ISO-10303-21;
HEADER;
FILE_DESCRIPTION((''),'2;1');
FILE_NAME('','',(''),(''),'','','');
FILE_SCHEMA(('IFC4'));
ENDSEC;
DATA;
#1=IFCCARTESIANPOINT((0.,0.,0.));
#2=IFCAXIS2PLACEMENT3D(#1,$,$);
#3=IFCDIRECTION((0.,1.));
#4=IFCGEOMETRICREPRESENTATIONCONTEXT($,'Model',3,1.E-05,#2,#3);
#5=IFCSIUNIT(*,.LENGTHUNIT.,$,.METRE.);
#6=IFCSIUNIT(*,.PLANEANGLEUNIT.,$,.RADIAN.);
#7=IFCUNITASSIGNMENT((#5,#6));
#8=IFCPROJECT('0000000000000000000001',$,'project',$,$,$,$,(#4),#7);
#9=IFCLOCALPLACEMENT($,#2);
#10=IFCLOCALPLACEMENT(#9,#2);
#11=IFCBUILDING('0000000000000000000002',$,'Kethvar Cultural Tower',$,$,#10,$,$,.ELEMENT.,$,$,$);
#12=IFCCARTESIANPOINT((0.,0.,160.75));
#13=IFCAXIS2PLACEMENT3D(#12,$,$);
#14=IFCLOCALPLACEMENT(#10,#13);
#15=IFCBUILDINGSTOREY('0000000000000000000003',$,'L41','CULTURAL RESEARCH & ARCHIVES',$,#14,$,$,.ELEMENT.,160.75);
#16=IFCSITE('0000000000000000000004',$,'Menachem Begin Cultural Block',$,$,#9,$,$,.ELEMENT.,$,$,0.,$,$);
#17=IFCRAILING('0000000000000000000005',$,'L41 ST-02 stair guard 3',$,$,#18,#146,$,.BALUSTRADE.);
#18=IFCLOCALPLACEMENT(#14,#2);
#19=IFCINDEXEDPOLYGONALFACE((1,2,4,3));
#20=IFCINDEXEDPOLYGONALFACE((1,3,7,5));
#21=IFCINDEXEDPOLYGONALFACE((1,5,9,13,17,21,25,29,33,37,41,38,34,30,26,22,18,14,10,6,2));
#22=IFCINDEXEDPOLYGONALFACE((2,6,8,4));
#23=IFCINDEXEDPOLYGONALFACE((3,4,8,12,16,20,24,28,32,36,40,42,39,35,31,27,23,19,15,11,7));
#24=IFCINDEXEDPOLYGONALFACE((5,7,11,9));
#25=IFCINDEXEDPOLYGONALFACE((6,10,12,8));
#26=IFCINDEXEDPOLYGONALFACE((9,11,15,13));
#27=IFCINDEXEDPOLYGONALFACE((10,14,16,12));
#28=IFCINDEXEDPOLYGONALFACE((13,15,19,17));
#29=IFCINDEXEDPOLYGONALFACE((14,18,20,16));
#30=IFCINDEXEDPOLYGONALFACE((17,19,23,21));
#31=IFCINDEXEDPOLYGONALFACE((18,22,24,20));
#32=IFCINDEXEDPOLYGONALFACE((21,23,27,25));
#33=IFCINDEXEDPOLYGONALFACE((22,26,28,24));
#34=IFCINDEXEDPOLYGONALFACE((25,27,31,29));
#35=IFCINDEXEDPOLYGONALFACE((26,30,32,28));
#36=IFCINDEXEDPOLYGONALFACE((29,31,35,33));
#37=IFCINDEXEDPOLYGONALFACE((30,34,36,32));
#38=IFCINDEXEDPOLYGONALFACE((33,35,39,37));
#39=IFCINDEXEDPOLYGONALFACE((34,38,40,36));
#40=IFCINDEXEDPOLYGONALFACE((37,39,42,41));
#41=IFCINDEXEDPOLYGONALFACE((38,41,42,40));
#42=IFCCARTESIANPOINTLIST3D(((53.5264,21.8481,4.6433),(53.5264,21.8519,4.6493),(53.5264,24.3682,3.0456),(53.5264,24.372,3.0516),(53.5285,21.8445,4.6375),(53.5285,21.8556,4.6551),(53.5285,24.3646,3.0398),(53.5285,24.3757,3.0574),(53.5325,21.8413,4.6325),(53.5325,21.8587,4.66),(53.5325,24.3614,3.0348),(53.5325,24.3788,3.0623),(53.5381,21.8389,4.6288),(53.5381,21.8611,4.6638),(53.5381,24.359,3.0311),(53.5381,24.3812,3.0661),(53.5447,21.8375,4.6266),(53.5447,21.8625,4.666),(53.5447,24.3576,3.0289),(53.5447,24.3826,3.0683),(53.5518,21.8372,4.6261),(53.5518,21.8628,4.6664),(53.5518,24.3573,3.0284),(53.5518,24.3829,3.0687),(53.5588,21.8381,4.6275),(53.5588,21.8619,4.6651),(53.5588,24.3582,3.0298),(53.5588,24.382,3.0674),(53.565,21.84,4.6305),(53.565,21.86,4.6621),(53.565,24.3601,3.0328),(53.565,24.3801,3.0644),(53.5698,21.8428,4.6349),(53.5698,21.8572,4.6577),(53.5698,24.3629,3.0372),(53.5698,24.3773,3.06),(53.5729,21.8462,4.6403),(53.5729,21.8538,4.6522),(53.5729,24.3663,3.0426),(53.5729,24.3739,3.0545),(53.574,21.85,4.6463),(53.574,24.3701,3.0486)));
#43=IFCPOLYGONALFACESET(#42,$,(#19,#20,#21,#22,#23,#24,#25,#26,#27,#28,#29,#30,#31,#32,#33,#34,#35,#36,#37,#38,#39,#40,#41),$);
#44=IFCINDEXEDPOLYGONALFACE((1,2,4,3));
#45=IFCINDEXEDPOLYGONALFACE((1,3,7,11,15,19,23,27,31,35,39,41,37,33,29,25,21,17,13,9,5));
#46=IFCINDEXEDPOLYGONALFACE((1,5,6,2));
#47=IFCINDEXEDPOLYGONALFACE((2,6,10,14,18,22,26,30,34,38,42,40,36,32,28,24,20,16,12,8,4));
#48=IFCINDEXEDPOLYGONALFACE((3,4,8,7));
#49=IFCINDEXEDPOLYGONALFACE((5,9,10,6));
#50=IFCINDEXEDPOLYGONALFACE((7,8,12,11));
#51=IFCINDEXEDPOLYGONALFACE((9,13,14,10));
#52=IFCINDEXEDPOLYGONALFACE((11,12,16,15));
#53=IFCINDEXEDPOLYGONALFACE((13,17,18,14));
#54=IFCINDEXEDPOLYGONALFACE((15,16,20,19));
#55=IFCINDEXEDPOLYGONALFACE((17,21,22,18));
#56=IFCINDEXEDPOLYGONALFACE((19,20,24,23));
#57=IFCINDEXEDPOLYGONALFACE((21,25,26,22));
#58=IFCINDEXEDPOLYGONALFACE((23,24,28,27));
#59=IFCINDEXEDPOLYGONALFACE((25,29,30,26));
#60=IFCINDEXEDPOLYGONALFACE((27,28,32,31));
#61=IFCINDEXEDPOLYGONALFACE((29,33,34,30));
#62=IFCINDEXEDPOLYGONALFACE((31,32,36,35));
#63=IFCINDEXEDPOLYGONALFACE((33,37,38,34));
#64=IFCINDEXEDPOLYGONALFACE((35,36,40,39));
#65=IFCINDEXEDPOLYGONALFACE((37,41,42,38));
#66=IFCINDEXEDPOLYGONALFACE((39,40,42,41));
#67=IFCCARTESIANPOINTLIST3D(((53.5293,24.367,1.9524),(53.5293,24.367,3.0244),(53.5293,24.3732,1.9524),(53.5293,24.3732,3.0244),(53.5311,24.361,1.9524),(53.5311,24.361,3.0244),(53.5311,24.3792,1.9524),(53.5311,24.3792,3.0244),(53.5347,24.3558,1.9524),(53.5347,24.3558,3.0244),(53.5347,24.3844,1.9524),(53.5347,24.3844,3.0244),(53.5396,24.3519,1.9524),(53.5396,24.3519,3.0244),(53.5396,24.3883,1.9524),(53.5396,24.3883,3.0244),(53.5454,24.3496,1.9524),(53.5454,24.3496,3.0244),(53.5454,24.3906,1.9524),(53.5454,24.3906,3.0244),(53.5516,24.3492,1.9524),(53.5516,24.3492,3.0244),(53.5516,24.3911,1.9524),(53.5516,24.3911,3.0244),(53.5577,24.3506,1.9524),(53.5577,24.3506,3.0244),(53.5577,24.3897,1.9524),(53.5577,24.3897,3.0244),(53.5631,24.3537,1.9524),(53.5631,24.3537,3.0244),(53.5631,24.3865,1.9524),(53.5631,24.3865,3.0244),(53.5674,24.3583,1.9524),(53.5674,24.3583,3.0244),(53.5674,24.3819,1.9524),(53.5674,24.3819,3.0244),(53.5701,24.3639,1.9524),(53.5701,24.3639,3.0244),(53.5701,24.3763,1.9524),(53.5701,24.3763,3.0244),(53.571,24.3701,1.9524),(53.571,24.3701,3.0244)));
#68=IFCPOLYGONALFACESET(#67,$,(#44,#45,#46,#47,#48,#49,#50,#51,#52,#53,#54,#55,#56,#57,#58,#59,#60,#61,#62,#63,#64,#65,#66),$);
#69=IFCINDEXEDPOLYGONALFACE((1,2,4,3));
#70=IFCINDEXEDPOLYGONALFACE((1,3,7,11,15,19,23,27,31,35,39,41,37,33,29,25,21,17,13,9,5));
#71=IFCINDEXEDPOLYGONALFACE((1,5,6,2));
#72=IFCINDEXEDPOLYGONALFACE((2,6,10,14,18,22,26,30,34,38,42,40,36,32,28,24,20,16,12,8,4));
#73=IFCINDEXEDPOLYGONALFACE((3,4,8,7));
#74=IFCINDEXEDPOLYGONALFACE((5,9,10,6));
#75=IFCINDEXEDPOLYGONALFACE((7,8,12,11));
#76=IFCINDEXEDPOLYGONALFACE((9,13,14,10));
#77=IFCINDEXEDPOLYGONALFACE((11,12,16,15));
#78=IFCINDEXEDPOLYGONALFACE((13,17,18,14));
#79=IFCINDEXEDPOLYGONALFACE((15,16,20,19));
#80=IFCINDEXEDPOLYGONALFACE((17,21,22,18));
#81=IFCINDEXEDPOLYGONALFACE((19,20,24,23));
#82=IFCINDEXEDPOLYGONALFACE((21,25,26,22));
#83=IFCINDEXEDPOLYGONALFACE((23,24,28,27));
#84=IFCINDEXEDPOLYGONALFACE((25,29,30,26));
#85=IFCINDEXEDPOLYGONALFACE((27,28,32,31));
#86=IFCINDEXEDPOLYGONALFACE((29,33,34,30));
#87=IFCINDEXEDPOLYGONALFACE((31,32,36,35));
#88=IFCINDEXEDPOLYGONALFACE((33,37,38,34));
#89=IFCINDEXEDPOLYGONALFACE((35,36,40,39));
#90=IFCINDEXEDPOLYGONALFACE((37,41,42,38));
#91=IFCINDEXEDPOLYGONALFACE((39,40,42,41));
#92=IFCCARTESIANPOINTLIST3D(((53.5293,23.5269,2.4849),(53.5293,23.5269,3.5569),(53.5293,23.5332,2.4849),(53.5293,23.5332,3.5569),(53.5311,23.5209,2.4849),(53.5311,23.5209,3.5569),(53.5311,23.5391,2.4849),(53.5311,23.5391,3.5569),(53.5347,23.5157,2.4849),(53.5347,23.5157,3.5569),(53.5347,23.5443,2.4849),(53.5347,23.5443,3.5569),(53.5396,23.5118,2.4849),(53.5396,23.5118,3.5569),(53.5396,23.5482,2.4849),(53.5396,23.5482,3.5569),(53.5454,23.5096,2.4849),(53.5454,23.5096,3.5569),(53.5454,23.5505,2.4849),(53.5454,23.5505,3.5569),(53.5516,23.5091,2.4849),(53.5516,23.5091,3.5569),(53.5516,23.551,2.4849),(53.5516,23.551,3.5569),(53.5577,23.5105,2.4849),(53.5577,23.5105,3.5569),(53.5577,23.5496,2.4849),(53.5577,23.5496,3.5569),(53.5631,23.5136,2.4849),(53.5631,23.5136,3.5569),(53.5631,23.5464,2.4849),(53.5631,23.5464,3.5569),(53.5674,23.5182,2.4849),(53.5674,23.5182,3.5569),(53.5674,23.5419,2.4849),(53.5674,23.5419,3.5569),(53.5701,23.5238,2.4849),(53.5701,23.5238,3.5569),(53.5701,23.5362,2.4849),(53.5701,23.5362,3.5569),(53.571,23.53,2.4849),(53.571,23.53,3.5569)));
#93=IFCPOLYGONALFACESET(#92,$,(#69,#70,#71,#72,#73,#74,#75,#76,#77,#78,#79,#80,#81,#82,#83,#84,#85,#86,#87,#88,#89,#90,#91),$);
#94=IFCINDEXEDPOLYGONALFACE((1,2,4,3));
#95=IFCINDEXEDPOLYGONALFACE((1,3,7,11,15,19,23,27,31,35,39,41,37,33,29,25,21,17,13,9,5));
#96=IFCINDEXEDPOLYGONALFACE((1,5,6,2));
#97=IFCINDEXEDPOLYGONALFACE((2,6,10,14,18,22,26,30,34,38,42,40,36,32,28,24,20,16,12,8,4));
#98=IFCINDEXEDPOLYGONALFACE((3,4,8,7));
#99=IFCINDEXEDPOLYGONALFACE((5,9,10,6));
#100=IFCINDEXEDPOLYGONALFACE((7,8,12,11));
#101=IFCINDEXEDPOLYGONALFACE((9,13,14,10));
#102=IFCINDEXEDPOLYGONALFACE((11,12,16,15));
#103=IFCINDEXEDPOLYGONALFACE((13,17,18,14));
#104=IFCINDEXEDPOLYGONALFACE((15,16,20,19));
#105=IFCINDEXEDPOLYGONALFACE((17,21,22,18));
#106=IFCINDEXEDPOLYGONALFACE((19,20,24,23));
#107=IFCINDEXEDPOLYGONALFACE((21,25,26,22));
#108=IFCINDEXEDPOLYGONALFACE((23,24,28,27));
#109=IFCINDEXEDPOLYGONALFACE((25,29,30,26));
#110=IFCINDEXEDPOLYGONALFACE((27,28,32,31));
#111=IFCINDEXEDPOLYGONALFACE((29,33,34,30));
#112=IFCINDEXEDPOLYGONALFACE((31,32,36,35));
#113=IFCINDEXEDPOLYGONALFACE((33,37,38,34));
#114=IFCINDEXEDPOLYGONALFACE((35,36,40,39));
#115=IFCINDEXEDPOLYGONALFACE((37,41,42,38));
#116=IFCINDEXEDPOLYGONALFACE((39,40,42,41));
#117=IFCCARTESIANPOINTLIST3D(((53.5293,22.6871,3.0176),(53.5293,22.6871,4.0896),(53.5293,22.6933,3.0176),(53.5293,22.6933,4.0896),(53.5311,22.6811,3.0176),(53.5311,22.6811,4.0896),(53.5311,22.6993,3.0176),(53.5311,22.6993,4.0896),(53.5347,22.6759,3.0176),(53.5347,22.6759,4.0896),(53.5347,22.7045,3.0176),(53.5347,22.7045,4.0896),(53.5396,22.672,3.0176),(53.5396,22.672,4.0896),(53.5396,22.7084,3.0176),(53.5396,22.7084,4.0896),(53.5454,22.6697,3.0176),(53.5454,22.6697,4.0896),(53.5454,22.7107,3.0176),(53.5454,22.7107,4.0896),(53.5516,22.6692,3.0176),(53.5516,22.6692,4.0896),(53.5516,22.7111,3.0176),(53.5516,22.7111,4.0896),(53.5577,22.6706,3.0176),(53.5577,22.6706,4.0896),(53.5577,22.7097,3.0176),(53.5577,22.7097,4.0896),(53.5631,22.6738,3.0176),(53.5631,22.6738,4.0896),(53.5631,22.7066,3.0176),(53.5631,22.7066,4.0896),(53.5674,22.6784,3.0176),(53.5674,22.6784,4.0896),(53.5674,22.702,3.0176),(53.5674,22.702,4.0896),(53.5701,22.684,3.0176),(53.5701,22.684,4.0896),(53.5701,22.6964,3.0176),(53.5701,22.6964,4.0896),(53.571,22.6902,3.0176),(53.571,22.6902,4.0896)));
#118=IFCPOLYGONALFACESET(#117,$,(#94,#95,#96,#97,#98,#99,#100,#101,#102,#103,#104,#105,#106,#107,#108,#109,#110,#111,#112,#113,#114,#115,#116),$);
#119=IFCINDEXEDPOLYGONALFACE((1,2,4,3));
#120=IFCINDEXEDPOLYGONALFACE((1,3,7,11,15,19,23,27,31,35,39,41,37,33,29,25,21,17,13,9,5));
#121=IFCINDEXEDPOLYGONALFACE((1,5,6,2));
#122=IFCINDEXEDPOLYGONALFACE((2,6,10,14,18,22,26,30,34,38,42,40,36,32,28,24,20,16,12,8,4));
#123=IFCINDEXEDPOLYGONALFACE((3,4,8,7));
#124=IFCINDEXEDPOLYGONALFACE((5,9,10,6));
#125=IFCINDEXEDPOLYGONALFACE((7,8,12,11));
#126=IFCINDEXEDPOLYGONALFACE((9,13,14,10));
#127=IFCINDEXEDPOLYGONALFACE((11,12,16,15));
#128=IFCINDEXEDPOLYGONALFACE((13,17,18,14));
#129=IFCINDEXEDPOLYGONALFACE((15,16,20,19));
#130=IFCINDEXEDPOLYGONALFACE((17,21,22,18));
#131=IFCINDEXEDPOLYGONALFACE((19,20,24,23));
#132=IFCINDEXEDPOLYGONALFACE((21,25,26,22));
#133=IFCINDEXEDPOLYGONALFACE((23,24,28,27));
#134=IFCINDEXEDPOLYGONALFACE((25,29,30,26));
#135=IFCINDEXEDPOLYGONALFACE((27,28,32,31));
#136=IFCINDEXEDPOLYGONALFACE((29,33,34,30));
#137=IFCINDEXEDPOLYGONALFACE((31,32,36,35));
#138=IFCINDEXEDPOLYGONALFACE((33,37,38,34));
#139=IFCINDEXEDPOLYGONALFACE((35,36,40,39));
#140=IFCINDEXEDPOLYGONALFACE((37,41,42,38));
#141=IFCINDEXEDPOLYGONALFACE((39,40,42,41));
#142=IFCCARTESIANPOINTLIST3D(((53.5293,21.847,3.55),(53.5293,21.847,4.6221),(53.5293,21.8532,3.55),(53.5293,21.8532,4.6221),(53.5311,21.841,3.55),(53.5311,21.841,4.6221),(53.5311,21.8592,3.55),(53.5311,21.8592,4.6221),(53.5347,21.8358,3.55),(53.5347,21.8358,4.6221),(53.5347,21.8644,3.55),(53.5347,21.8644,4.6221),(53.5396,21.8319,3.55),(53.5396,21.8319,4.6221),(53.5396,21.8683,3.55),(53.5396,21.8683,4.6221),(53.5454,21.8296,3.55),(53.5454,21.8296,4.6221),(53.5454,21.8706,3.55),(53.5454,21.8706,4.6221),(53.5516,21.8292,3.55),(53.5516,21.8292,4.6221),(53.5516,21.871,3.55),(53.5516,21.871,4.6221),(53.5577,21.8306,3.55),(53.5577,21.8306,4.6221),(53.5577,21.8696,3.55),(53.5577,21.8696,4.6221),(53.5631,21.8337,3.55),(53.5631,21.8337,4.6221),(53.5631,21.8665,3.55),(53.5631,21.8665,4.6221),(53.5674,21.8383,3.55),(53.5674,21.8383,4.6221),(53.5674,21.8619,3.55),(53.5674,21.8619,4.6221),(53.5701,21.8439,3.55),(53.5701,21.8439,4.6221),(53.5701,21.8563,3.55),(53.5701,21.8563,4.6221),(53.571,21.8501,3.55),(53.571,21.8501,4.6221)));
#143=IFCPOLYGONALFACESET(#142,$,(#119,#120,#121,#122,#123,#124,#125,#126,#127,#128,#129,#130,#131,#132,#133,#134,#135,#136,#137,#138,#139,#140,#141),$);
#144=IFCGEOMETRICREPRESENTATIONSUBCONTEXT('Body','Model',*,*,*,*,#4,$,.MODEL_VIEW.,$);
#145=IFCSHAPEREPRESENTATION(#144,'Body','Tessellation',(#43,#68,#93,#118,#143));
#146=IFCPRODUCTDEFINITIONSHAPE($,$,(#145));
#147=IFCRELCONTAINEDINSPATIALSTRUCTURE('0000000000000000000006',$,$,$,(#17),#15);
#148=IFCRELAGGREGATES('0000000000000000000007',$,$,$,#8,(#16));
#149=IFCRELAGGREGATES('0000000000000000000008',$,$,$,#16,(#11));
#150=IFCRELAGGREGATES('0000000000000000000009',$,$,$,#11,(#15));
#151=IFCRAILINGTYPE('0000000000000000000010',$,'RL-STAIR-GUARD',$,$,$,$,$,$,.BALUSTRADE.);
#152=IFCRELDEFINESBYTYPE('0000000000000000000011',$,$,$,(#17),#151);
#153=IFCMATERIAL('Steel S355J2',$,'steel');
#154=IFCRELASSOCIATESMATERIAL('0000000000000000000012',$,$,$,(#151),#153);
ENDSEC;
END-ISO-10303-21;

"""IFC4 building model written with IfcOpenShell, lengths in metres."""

from ifc_helpers import new_model, si_unit, direction, frame, origin, origin_2d, place, context, subcontext, project, spatial, circle, extrude, material, type_object, element, save


model = new_model("IFC4")

# Units and contexts
model_context = context("Model", 3, precision=1e-05, world=origin(), true_north=direction((0.0, 1.0)))
body_context = subcontext(model_context, "Body", "Model", "MODEL_VIEW")
ifc_project = project(units=[si_unit("LENGTHUNIT", "METRE"), si_unit("PLANEANGLEUNIT", "RADIAN")], contexts=[model_context])

# Site, building, storey
site_placement = place(None, origin())
site = spatial("IfcSite", under=ifc_project, at=site_placement, Name="Menachem Begin Cultural Block", CompositionType="ELEMENT", RefElevation=0.0)
building_placement = place(site_placement, origin())
building = spatial("IfcBuilding", under=site, at=building_placement, Name="Kethvar Cultural Tower", CompositionType="ELEMENT")
storey_placement = place(building_placement, frame((0.0, 0.0, 160.75)))
storey = spatial("IfcBuildingStorey", under=building, at=storey_placement, Name="L41", Description="CULTURAL RESEARCH & ARCHIVES", CompositionType="ELEMENT", Elevation=160.75)

# Shared definitions
ifc_material_1 = material(Name="Steel S355J2", Category="steel")

# Railing
railing_type_1 = type_object("IfcRailingType", Name="RL-STAIR-GUARD", PredefinedType="BALUSTRADE", material=ifc_material_1)
railing_1_placement = place(storey_placement, frame((53.55, 24.3701, 1.9524)))
element("IfcRailing", 1, at=railing_1_placement, inside=storey, type_object=railing_type_1, Name="L41 ST-02 stair guard 3", PredefinedType="BALUSTRADE", context=body_context, shape_type="SweptSolid", body=[
    extrude(circle(Radius=0.0239, at=origin_2d()), frame((0.0, 0.0, 1.0962), z_axis=(0.0, -0.84457, 0.535445), x_axis=(1.0, 0.0, 0.0)), (0.0, 0.0, 1.0), 2.9839),
    extrude(circle(Radius=0.021, at=origin_2d()), origin(), (0.0, 0.0, 1.0), 1.072),
    extrude(circle(Radius=0.021, at=origin_2d()), frame((0.0, -0.8401, 0.5325)), (0.0, 0.0, 1.0), 1.072),
    extrude(circle(Radius=0.021, at=origin_2d()), frame((0.0, -1.6799, 1.0652)), (0.0, 0.0, 1.0), 1.072),
    extrude(circle(Radius=0.021, at=origin_2d()), frame((0.0, -2.52, 1.5977)), (0.0, 0.0, 1.0), 1.072),
])

save(model, "model.ifc")
